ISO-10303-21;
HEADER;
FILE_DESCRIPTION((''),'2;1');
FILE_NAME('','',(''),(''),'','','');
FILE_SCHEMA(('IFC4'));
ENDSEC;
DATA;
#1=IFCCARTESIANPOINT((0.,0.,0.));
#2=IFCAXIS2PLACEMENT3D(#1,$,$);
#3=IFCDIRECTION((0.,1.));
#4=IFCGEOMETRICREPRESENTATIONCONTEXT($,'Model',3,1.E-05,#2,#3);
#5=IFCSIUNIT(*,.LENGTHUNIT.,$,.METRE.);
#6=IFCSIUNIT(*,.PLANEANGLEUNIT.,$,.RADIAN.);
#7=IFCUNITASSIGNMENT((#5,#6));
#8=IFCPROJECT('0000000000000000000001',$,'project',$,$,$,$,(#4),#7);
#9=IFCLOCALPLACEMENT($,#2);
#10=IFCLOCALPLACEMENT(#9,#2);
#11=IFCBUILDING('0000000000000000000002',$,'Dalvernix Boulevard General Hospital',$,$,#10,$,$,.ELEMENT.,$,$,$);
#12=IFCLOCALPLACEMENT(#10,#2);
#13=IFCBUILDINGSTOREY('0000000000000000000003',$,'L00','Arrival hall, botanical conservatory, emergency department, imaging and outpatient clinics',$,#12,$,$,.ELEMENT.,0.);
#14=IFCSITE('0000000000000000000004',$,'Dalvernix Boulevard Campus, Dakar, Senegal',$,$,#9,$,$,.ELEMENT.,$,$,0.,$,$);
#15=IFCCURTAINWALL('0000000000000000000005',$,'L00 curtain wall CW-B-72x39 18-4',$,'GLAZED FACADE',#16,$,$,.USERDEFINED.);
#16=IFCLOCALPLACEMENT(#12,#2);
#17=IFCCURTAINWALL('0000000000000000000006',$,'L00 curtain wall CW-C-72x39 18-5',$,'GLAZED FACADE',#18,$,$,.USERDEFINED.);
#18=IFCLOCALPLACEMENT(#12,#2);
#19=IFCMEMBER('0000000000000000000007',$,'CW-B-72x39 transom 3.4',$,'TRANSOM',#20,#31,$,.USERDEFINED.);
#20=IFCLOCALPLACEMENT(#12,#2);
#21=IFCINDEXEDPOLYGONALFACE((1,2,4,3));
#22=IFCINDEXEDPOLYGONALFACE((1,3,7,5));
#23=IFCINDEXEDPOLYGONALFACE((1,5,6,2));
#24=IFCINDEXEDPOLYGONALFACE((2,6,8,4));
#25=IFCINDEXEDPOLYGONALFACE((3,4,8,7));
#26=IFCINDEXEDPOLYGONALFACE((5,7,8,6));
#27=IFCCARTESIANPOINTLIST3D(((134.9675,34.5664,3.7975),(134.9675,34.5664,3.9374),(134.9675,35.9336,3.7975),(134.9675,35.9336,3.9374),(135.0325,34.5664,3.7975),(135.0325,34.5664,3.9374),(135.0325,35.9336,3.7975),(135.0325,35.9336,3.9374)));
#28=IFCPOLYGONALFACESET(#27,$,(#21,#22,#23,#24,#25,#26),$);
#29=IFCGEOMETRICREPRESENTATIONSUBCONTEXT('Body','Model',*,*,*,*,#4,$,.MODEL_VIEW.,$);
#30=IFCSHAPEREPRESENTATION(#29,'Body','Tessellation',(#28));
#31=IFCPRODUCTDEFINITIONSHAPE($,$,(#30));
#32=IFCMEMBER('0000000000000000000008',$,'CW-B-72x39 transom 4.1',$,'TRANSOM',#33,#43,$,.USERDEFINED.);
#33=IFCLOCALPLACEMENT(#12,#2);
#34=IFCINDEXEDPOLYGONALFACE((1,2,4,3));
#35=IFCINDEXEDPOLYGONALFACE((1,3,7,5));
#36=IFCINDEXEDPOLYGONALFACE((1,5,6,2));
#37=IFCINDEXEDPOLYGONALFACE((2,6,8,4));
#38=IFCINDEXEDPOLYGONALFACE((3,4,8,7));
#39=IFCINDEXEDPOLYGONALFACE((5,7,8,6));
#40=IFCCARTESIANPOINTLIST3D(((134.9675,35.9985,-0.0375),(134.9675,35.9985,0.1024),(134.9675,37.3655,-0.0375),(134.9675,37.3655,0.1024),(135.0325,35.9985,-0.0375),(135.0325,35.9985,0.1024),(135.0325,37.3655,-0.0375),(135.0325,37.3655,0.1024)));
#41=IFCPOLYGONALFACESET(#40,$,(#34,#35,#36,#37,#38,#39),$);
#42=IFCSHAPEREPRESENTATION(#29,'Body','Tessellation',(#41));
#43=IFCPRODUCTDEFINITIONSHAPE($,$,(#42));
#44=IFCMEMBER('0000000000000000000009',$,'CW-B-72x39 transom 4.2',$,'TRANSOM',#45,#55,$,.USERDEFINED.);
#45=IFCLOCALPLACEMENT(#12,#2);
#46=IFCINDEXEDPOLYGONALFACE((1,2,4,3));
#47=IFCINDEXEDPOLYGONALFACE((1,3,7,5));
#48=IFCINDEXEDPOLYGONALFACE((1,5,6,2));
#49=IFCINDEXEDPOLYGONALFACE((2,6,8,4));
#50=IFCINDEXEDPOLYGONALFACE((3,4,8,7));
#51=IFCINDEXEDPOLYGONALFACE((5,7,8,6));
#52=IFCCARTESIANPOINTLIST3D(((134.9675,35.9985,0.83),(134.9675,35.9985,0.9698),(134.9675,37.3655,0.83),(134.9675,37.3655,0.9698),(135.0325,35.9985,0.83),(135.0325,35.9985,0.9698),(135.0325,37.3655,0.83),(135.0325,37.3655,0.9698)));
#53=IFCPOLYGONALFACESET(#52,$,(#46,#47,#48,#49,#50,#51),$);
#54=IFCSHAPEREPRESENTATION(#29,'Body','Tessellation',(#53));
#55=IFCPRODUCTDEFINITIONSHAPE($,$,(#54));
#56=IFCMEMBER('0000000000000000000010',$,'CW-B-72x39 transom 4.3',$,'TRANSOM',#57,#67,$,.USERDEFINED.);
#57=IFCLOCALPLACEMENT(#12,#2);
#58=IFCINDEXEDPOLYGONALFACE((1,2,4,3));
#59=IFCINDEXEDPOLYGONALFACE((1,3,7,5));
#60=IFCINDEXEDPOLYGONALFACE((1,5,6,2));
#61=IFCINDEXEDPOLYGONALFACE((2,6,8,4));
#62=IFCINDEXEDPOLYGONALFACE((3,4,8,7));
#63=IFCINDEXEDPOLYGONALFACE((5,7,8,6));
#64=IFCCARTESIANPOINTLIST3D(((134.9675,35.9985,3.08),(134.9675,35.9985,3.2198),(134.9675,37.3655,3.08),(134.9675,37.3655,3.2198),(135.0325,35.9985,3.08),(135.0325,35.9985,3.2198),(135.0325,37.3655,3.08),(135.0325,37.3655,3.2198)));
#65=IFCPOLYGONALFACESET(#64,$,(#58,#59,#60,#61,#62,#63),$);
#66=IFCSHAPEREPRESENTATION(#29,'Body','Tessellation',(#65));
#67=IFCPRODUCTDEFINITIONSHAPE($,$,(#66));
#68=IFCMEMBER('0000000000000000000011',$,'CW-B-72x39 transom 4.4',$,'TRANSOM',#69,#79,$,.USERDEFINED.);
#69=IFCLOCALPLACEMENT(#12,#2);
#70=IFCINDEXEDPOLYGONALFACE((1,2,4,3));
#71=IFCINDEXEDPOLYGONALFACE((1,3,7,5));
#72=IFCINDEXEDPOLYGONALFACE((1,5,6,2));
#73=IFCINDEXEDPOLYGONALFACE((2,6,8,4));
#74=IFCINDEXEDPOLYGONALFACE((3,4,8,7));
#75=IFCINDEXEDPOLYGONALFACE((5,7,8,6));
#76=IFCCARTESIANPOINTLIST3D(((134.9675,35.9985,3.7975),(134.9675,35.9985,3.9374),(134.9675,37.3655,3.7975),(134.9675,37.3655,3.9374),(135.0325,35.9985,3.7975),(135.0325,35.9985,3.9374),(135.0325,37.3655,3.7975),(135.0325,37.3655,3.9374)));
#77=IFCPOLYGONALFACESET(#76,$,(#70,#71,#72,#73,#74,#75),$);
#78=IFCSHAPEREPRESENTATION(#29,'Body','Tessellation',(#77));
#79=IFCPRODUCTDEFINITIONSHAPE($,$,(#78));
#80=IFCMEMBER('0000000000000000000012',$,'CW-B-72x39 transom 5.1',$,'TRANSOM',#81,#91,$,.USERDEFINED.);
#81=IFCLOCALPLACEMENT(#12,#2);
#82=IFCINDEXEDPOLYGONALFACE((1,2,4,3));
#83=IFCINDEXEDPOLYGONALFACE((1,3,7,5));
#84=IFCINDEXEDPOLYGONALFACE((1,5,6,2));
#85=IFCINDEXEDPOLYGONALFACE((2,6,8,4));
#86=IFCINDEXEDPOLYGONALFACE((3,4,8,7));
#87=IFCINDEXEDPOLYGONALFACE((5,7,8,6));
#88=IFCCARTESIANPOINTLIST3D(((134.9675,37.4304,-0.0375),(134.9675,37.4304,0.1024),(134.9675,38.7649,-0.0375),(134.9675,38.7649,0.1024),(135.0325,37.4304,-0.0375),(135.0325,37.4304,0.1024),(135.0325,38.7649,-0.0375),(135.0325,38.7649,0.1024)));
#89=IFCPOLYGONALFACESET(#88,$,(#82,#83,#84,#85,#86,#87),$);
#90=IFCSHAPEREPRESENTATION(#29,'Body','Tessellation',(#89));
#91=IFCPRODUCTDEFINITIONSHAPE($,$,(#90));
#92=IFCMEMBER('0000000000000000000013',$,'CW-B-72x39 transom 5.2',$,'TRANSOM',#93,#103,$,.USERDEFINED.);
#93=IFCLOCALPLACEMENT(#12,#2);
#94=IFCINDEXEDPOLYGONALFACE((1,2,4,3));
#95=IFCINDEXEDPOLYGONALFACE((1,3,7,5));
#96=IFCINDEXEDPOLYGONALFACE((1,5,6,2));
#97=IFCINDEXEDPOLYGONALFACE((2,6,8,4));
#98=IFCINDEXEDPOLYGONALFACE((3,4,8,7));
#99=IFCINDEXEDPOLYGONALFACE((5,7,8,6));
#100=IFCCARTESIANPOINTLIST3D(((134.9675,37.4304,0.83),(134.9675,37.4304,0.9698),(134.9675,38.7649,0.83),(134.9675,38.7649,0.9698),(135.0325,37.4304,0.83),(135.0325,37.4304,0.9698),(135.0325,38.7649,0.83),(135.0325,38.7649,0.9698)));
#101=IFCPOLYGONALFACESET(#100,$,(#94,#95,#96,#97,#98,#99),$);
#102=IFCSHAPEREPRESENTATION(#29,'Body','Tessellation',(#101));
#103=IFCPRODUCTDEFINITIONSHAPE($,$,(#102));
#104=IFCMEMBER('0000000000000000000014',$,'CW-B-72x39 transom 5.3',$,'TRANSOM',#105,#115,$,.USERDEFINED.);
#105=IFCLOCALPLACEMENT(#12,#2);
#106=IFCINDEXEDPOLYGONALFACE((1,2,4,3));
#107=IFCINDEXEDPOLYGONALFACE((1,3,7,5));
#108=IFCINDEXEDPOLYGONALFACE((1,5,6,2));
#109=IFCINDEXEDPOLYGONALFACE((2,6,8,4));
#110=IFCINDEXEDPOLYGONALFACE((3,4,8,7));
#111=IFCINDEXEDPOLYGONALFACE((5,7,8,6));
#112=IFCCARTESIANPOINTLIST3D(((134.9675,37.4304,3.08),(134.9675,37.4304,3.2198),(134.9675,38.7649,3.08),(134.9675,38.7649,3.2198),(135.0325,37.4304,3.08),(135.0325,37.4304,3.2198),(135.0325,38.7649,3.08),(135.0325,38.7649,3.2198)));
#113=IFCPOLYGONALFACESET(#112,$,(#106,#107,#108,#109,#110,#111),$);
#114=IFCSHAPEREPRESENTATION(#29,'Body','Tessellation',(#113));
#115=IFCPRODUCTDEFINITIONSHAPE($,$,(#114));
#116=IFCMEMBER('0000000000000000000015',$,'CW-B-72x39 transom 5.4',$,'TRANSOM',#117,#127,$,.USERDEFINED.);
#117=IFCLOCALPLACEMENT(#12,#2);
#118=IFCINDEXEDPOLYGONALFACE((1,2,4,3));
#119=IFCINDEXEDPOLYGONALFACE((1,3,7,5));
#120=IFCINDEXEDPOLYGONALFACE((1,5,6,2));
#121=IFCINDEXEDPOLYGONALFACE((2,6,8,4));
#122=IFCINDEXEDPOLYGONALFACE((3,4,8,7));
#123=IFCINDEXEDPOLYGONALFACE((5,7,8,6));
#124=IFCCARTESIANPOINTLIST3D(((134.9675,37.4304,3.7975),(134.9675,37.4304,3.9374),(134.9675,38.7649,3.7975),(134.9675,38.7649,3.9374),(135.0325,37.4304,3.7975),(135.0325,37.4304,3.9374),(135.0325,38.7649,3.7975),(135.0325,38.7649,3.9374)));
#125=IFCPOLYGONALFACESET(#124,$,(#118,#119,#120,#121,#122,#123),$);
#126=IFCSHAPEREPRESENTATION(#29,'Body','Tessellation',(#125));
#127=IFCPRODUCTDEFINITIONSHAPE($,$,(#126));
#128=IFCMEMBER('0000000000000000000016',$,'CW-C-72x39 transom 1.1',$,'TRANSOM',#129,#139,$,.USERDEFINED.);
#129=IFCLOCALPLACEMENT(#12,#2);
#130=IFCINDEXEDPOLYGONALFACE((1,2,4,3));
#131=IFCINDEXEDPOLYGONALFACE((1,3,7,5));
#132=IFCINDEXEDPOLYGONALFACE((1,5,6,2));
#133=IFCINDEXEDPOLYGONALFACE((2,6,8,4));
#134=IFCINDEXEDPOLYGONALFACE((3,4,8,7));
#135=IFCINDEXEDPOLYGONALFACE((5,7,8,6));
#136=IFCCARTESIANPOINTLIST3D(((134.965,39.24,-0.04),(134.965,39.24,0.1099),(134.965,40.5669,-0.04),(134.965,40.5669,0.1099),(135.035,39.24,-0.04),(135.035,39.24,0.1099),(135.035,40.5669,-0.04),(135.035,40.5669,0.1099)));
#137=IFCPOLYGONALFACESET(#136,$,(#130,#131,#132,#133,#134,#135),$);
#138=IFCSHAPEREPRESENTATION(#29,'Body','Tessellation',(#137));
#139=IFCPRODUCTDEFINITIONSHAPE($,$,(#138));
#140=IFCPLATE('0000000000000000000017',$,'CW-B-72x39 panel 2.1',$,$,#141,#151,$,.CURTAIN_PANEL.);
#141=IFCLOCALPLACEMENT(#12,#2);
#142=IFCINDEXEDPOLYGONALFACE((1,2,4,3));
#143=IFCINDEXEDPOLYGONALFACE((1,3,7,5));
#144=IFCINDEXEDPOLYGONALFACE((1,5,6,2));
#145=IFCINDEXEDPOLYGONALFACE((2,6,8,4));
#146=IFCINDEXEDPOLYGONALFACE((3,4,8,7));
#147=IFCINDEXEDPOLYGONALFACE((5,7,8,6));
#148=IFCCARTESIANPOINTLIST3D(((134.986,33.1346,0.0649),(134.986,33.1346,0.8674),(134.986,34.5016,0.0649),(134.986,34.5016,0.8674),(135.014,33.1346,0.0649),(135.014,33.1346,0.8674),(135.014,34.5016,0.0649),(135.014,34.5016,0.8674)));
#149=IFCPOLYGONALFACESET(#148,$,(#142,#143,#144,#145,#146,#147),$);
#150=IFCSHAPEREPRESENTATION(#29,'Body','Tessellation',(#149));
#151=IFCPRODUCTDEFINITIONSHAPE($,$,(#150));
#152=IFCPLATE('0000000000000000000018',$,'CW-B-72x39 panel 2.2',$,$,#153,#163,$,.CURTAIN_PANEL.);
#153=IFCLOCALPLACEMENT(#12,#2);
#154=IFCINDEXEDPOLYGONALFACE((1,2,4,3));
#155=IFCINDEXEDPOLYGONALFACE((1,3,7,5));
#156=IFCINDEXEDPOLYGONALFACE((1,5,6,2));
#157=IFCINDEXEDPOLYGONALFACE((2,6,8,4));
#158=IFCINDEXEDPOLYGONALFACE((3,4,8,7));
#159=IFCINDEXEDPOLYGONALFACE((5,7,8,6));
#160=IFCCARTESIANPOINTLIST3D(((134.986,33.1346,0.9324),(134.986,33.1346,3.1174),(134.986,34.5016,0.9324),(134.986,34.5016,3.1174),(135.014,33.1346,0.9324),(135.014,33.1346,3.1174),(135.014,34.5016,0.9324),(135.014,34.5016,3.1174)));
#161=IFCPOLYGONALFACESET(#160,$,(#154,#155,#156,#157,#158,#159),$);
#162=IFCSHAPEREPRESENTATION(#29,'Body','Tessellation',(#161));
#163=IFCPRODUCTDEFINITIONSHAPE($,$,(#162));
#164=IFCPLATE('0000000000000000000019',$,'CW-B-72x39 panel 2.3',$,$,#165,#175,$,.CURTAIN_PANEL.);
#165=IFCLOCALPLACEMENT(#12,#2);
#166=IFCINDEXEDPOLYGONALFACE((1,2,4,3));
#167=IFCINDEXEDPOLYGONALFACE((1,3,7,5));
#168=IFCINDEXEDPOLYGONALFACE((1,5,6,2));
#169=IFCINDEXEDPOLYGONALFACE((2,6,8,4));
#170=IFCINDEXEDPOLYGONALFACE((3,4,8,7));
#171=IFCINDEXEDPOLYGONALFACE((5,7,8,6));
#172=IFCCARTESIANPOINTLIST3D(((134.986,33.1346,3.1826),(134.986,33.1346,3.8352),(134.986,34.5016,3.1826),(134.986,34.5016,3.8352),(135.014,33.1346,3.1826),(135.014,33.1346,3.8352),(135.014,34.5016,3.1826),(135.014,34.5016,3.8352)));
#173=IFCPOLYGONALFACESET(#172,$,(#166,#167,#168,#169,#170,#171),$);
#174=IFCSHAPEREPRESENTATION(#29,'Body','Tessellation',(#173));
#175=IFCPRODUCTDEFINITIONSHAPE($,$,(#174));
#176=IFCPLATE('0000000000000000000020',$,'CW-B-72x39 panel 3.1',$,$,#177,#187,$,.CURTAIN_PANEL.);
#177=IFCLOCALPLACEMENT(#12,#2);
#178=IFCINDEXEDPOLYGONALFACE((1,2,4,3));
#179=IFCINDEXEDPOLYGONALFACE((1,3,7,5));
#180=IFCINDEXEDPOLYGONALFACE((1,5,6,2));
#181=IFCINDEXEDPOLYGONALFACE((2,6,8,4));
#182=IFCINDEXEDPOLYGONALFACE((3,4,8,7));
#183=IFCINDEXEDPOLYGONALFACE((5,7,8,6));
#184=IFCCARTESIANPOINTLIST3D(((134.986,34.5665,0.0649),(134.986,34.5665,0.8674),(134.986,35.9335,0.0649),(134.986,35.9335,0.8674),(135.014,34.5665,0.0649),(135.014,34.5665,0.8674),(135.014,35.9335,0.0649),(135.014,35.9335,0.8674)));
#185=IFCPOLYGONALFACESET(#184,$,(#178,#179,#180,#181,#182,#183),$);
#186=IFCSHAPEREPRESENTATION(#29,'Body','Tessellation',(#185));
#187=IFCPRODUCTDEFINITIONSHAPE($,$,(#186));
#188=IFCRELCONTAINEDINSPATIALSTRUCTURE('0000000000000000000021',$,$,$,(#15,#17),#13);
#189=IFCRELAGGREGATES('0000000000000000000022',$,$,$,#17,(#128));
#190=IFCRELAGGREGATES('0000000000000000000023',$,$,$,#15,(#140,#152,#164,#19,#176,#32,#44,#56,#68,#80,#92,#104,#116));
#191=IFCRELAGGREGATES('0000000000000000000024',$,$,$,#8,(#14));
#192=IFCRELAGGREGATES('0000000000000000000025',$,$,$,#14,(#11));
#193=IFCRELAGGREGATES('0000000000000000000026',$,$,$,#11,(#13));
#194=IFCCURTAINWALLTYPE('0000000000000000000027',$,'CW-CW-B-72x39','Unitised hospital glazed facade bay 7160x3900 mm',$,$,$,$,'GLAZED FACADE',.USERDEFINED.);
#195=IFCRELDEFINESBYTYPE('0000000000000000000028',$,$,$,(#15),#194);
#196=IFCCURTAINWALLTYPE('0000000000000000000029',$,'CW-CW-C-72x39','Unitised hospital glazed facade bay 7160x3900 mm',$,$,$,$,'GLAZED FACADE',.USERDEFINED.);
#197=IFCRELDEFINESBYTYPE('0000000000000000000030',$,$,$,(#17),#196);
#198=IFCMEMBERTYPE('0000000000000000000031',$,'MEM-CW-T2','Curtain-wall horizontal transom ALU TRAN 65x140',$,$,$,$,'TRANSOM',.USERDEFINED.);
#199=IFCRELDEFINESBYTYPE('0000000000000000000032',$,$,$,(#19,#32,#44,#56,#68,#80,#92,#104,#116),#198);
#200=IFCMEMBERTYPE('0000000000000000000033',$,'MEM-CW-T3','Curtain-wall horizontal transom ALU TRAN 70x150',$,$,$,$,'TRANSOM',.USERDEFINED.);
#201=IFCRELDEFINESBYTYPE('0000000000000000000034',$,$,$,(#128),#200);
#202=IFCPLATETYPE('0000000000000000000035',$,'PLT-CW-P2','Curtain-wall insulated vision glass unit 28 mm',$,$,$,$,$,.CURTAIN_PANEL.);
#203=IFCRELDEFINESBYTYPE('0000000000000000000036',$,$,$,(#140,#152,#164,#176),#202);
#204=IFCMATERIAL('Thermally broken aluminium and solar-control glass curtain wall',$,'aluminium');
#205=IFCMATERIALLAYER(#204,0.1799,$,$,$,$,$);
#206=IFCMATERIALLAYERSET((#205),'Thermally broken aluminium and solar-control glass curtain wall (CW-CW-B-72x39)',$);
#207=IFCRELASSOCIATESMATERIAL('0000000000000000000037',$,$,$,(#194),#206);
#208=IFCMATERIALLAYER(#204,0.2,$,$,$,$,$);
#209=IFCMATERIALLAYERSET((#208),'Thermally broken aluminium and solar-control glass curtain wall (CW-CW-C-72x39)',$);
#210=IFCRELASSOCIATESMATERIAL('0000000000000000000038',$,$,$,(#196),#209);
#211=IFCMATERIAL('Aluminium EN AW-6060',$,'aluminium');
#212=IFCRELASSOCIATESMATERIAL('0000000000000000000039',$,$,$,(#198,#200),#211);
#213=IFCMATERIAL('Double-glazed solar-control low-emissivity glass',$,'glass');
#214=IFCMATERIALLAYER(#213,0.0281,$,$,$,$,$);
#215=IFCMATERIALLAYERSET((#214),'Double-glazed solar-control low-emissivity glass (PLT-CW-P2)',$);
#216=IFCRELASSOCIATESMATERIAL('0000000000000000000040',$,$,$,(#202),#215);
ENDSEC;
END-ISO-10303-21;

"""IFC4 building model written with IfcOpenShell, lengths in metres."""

from ifc_helpers import new_model, si_unit, direction, frame, origin, origin_2d, place, context, subcontext, project, spatial, rectangle, extrude, material, layer, layer_set, material_profile, profile_set, type_object, element, aggregate, save


model = new_model("IFC4")

# Units and contexts
model_context = context("Model", 3, precision=1e-05, world=origin(), true_north=direction((0.0, 1.0)))
body_context = subcontext(model_context, "Body", "Model", "MODEL_VIEW")
ifc_project = project(units=[si_unit("LENGTHUNIT", "METRE"), si_unit("PLANEANGLEUNIT", "RADIAN")], contexts=[model_context])

# Site, building, storey
site_placement = place(None, origin())
site = spatial("IfcSite", under=ifc_project, at=site_placement, Name="Dalvernix Boulevard Campus, Dakar, Senegal", CompositionType="ELEMENT", RefElevation=0.0)
building_placement = place(site_placement, origin())
building = spatial("IfcBuilding", under=site, at=building_placement, Name="Dalvernix Boulevard General Hospital", CompositionType="ELEMENT")
storey_placement = place(building_placement, origin())
storey = spatial("IfcBuildingStorey", under=building, at=storey_placement, Name="L00", Description="Arrival hall, botanical conservatory, emergency department, imaging and outpatient clinics", CompositionType="ELEMENT", Elevation=0.0)

# Curtain wall
ifc_material_1 = material(Name="Thermally broken aluminium and solar-control glass curtain wall", Category="aluminium")
ifc_layer_1 = layer(ifc_material_1, 0.1799)
ifc_layer_set_1 = layer_set([ifc_layer_1], Name="Thermally broken aluminium and solar-control glass curtain wall (CW-CW-B-72x39)")
curtain_wall_type_1 = type_object("IfcCurtainWallType", Name="CW-CW-B-72x39", Description="Unitised hospital glazed facade bay 7160x3900 mm", ElementType="GLAZED FACADE", PredefinedType="USERDEFINED", material=ifc_layer_set_1)
curtain_wall_1_placement = place(storey_placement, origin())
curtain_wall_1 = element("IfcCurtainWall", 1, at=curtain_wall_1_placement, inside=storey, type_object=curtain_wall_type_1, Name="L00 curtain wall CW-B-72x39 18-4", ObjectType="GLAZED FACADE", PredefinedType="USERDEFINED")
ifc_material_2 = material(Name="Aluminium EN AW-6060", Category="aluminium")

# Curtain wall
ifc_layer_2 = layer(ifc_material_1, 0.2)
ifc_layer_set_2 = layer_set([ifc_layer_2], Name="Thermally broken aluminium and solar-control glass curtain wall (CW-CW-C-72x39)")
curtain_wall_type_2 = type_object("IfcCurtainWallType", Name="CW-CW-C-72x39", Description="Unitised hospital glazed facade bay 7160x3900 mm", ElementType="GLAZED FACADE", PredefinedType="USERDEFINED", material=ifc_layer_set_2)
curtain_wall_2_placement = place(storey_placement, origin())
curtain_wall_2 = element("IfcCurtainWall", 2, at=curtain_wall_2_placement, inside=storey, type_object=curtain_wall_type_2, Name="L00 curtain wall CW-C-72x39 18-5", ObjectType="GLAZED FACADE", PredefinedType="USERDEFINED")

# Members
ifc_material_profile_1 = material_profile(ifc_material_2, rectangle(XDim=0.0649, YDim=0.1399, at=origin_2d()), Name="ALU TRAN 65x140")
ifc_profile_set_1 = profile_set([ifc_material_profile_1], Name="Aluminium EN AW-6060")
member_type_1 = type_object("IfcMemberType", Name="MEM-CW-T2", Description="Curtain-wall horizontal transom ALU TRAN 65x140", ElementType="TRANSOM", PredefinedType="USERDEFINED", material=ifc_profile_set_1)
member_1_placement = place(storey_placement, frame((135.0, 34.5664, 3.8674), z_axis=(0.0, 1.0, 0.0), x_axis=(-1.0, 0.0, 0.0)))
member_1 = element("IfcMember", 3, at=member_1_placement, type_object=member_type_1, Name="CW-B-72x39 transom 3.4", ObjectType="TRANSOM", PredefinedType="USERDEFINED", context=body_context, shape_type="SweptSolid", body=[
    extrude(rectangle(XDim=0.0649, YDim=0.1399, at=origin_2d()), origin(), (0.0, 0.0, 1.0), 1.3672),
])
member_2_placement = place(storey_placement, frame((135.0, 35.9985, 0.0325), z_axis=(0.0, 1.0, 0.0), x_axis=(-1.0, 0.0, 0.0)))
member_2 = element("IfcMember", 4, at=member_2_placement, type_object=member_type_1, Name="CW-B-72x39 transom 4.1", ObjectType="TRANSOM", PredefinedType="USERDEFINED", context=body_context, shape_type="SweptSolid", body=[
    extrude(rectangle(XDim=0.0649, YDim=0.1399, at=origin_2d()), origin(), (0.0, 0.0, 1.0), 1.3669),
])
member_3_placement = place(storey_placement, frame((135.0, 35.9985, 0.8999), z_axis=(0.0, 1.0, 0.0), x_axis=(-1.0, 0.0, 0.0)))
member_3 = element("IfcMember", 5, at=member_3_placement, type_object=member_type_1, Name="CW-B-72x39 transom 4.2", ObjectType="TRANSOM", PredefinedType="USERDEFINED", context=body_context, shape_type="SweptSolid", body=[
    extrude(rectangle(XDim=0.0649, YDim=0.1399, at=origin_2d()), origin(), (0.0, 0.0, 1.0), 1.3669),
])
member_4_placement = place(storey_placement, frame((135.0, 35.9985, 3.1499), z_axis=(0.0, 1.0, 0.0), x_axis=(-1.0, 0.0, 0.0)))
member_4 = element("IfcMember", 6, at=member_4_placement, type_object=member_type_1, Name="CW-B-72x39 transom 4.3", ObjectType="TRANSOM", PredefinedType="USERDEFINED", context=body_context, shape_type="SweptSolid", body=[
    extrude(rectangle(XDim=0.0649, YDim=0.1399, at=origin_2d()), origin(), (0.0, 0.0, 1.0), 1.3669),
])
member_5_placement = place(storey_placement, frame((135.0, 35.9985, 3.8674), z_axis=(0.0, 1.0, 0.0), x_axis=(-1.0, 0.0, 0.0)))
member_5 = element("IfcMember", 7, at=member_5_placement, type_object=member_type_1, Name="CW-B-72x39 transom 4.4", ObjectType="TRANSOM", PredefinedType="USERDEFINED", context=body_context, shape_type="SweptSolid", body=[
    extrude(rectangle(XDim=0.0649, YDim=0.1399, at=origin_2d()), origin(), (0.0, 0.0, 1.0), 1.3669),
])
member_6_placement = place(storey_placement, frame((135.0, 37.4304, 0.0325), z_axis=(0.0, 1.0, 0.0), x_axis=(-1.0, 0.0, 0.0)))
member_6 = element("IfcMember", 8, at=member_6_placement, type_object=member_type_1, Name="CW-B-72x39 transom 5.1", ObjectType="TRANSOM", PredefinedType="USERDEFINED", context=body_context, shape_type="SweptSolid", body=[
    extrude(rectangle(XDim=0.0649, YDim=0.1399, at=origin_2d()), origin(), (0.0, 0.0, 1.0), 1.3345),
])
member_7_placement = place(storey_placement, frame((135.0, 37.4304, 0.8999), z_axis=(0.0, 1.0, 0.0), x_axis=(-1.0, 0.0, 0.0)))
member_7 = element("IfcMember", 9, at=member_7_placement, type_object=member_type_1, Name="CW-B-72x39 transom 5.2", ObjectType="TRANSOM", PredefinedType="USERDEFINED", context=body_context, shape_type="SweptSolid", body=[
    extrude(rectangle(XDim=0.0649, YDim=0.1399, at=origin_2d()), origin(), (0.0, 0.0, 1.0), 1.3345),
])
member_8_placement = place(storey_placement, frame((135.0, 37.4304, 3.1499), z_axis=(0.0, 1.0, 0.0), x_axis=(-1.0, 0.0, 0.0)))
member_8 = element("IfcMember", 10, at=member_8_placement, type_object=member_type_1, Name="CW-B-72x39 transom 5.3", ObjectType="TRANSOM", PredefinedType="USERDEFINED", context=body_context, shape_type="SweptSolid", body=[
    extrude(rectangle(XDim=0.0649, YDim=0.1399, at=origin_2d()), origin(), (0.0, 0.0, 1.0), 1.3345),
])
member_9_placement = place(storey_placement, frame((135.0, 37.4304, 3.8674), z_axis=(0.0, 1.0, 0.0), x_axis=(-1.0, 0.0, 0.0)))
member_9 = element("IfcMember", 11, at=member_9_placement, type_object=member_type_1, Name="CW-B-72x39 transom 5.4", ObjectType="TRANSOM", PredefinedType="USERDEFINED", context=body_context, shape_type="SweptSolid", body=[
    extrude(rectangle(XDim=0.0649, YDim=0.1399, at=origin_2d()), origin(), (0.0, 0.0, 1.0), 1.3345),
])
ifc_material_profile_2 = material_profile(ifc_material_2, rectangle(XDim=0.0701, YDim=0.1499, at=origin_2d()), Name="ALU TRAN 70x150")
ifc_profile_set_2 = profile_set([ifc_material_profile_2], Name="Aluminium EN AW-6060")
member_type_2 = type_object("IfcMemberType", Name="MEM-CW-T3", Description="Curtain-wall horizontal transom ALU TRAN 70x150", ElementType="TRANSOM", PredefinedType="USERDEFINED", material=ifc_profile_set_2)
member_10_placement = place(storey_placement, frame((135.0, 39.24, 0.0349), z_axis=(0.0, 1.0, 0.0), x_axis=(-1.0, 0.0, 0.0)))
member_10 = element("IfcMember", 12, at=member_10_placement, type_object=member_type_2, Name="CW-C-72x39 transom 1.1", ObjectType="TRANSOM", PredefinedType="USERDEFINED", context=body_context, shape_type="SweptSolid", body=[
    extrude(rectangle(XDim=0.0701, YDim=0.1499, at=origin_2d()), origin(), (0.0, 0.0, 1.0), 1.3269),
])
aggregate(curtain_wall_2, [member_10])

# Plates
ifc_material_3 = material(Name="Double-glazed solar-control low-emissivity glass", Category="glass")
ifc_layer_3 = layer(ifc_material_3, 0.0281)
ifc_layer_set_3 = layer_set([ifc_layer_3], Name="Double-glazed solar-control low-emissivity glass (PLT-CW-P2)")
plate_type = type_object("IfcPlateType", Name="PLT-CW-P2", Description="Curtain-wall insulated vision glass unit 28 mm", PredefinedType="CURTAIN_PANEL", material=ifc_layer_set_3)
plate_1_placement = place(storey_placement, frame((135.0, 33.8181, 0.0649), z_axis=(0.0, 0.0, 1.0), x_axis=(0.0, 1.0, 0.0)))
plate_1 = element("IfcPlate", 13, at=plate_1_placement, type_object=plate_type, Name="CW-B-72x39 panel 2.1", PredefinedType="CURTAIN_PANEL", context=body_context, shape_type="SweptSolid", body=[
    extrude(rectangle(XDim=1.3669, YDim=0.0281, at=origin_2d()), origin(), (0.0, 0.0, 1.0), 0.8025),
])
plate_2_placement = place(storey_placement, frame((135.0, 33.8181, 0.9324), z_axis=(0.0, 0.0, 1.0), x_axis=(0.0, 1.0, 0.0)))
plate_2 = element("IfcPlate", 14, at=plate_2_placement, type_object=plate_type, Name="CW-B-72x39 panel 2.2", PredefinedType="CURTAIN_PANEL", context=body_context, shape_type="SweptSolid", body=[
    extrude(rectangle(XDim=1.3669, YDim=0.0281, at=origin_2d()), origin(), (0.0, 0.0, 1.0), 2.1851),
])
plate_3_placement = place(storey_placement, frame((135.0, 33.8181, 3.1826), z_axis=(0.0, 0.0, 1.0), x_axis=(0.0, 1.0, 0.0)))
plate_3 = element("IfcPlate", 15, at=plate_3_placement, type_object=plate_type, Name="CW-B-72x39 panel 2.3", PredefinedType="CURTAIN_PANEL", context=body_context, shape_type="SweptSolid", body=[
    extrude(rectangle(XDim=1.3669, YDim=0.0281, at=origin_2d()), origin(), (0.0, 0.0, 1.0), 0.6526),
])
plate_4_placement = place(storey_placement, frame((135.0, 35.25, 0.0649), z_axis=(0.0, 0.0, 1.0), x_axis=(0.0, 1.0, 0.0)))
plate_4 = element("IfcPlate", 16, at=plate_4_placement, type_object=plate_type, Name="CW-B-72x39 panel 3.1", PredefinedType="CURTAIN_PANEL", context=body_context, shape_type="SweptSolid", body=[
    extrude(rectangle(XDim=1.3669, YDim=0.0281, at=origin_2d()), origin(), (0.0, 0.0, 1.0), 0.8025),
])
aggregate(curtain_wall_1, [plate_1, plate_2, plate_3, member_1, plate_4, member_2, member_3, member_4, member_5, member_6, member_7, member_8, member_9])

save(model, "model.ifc")
